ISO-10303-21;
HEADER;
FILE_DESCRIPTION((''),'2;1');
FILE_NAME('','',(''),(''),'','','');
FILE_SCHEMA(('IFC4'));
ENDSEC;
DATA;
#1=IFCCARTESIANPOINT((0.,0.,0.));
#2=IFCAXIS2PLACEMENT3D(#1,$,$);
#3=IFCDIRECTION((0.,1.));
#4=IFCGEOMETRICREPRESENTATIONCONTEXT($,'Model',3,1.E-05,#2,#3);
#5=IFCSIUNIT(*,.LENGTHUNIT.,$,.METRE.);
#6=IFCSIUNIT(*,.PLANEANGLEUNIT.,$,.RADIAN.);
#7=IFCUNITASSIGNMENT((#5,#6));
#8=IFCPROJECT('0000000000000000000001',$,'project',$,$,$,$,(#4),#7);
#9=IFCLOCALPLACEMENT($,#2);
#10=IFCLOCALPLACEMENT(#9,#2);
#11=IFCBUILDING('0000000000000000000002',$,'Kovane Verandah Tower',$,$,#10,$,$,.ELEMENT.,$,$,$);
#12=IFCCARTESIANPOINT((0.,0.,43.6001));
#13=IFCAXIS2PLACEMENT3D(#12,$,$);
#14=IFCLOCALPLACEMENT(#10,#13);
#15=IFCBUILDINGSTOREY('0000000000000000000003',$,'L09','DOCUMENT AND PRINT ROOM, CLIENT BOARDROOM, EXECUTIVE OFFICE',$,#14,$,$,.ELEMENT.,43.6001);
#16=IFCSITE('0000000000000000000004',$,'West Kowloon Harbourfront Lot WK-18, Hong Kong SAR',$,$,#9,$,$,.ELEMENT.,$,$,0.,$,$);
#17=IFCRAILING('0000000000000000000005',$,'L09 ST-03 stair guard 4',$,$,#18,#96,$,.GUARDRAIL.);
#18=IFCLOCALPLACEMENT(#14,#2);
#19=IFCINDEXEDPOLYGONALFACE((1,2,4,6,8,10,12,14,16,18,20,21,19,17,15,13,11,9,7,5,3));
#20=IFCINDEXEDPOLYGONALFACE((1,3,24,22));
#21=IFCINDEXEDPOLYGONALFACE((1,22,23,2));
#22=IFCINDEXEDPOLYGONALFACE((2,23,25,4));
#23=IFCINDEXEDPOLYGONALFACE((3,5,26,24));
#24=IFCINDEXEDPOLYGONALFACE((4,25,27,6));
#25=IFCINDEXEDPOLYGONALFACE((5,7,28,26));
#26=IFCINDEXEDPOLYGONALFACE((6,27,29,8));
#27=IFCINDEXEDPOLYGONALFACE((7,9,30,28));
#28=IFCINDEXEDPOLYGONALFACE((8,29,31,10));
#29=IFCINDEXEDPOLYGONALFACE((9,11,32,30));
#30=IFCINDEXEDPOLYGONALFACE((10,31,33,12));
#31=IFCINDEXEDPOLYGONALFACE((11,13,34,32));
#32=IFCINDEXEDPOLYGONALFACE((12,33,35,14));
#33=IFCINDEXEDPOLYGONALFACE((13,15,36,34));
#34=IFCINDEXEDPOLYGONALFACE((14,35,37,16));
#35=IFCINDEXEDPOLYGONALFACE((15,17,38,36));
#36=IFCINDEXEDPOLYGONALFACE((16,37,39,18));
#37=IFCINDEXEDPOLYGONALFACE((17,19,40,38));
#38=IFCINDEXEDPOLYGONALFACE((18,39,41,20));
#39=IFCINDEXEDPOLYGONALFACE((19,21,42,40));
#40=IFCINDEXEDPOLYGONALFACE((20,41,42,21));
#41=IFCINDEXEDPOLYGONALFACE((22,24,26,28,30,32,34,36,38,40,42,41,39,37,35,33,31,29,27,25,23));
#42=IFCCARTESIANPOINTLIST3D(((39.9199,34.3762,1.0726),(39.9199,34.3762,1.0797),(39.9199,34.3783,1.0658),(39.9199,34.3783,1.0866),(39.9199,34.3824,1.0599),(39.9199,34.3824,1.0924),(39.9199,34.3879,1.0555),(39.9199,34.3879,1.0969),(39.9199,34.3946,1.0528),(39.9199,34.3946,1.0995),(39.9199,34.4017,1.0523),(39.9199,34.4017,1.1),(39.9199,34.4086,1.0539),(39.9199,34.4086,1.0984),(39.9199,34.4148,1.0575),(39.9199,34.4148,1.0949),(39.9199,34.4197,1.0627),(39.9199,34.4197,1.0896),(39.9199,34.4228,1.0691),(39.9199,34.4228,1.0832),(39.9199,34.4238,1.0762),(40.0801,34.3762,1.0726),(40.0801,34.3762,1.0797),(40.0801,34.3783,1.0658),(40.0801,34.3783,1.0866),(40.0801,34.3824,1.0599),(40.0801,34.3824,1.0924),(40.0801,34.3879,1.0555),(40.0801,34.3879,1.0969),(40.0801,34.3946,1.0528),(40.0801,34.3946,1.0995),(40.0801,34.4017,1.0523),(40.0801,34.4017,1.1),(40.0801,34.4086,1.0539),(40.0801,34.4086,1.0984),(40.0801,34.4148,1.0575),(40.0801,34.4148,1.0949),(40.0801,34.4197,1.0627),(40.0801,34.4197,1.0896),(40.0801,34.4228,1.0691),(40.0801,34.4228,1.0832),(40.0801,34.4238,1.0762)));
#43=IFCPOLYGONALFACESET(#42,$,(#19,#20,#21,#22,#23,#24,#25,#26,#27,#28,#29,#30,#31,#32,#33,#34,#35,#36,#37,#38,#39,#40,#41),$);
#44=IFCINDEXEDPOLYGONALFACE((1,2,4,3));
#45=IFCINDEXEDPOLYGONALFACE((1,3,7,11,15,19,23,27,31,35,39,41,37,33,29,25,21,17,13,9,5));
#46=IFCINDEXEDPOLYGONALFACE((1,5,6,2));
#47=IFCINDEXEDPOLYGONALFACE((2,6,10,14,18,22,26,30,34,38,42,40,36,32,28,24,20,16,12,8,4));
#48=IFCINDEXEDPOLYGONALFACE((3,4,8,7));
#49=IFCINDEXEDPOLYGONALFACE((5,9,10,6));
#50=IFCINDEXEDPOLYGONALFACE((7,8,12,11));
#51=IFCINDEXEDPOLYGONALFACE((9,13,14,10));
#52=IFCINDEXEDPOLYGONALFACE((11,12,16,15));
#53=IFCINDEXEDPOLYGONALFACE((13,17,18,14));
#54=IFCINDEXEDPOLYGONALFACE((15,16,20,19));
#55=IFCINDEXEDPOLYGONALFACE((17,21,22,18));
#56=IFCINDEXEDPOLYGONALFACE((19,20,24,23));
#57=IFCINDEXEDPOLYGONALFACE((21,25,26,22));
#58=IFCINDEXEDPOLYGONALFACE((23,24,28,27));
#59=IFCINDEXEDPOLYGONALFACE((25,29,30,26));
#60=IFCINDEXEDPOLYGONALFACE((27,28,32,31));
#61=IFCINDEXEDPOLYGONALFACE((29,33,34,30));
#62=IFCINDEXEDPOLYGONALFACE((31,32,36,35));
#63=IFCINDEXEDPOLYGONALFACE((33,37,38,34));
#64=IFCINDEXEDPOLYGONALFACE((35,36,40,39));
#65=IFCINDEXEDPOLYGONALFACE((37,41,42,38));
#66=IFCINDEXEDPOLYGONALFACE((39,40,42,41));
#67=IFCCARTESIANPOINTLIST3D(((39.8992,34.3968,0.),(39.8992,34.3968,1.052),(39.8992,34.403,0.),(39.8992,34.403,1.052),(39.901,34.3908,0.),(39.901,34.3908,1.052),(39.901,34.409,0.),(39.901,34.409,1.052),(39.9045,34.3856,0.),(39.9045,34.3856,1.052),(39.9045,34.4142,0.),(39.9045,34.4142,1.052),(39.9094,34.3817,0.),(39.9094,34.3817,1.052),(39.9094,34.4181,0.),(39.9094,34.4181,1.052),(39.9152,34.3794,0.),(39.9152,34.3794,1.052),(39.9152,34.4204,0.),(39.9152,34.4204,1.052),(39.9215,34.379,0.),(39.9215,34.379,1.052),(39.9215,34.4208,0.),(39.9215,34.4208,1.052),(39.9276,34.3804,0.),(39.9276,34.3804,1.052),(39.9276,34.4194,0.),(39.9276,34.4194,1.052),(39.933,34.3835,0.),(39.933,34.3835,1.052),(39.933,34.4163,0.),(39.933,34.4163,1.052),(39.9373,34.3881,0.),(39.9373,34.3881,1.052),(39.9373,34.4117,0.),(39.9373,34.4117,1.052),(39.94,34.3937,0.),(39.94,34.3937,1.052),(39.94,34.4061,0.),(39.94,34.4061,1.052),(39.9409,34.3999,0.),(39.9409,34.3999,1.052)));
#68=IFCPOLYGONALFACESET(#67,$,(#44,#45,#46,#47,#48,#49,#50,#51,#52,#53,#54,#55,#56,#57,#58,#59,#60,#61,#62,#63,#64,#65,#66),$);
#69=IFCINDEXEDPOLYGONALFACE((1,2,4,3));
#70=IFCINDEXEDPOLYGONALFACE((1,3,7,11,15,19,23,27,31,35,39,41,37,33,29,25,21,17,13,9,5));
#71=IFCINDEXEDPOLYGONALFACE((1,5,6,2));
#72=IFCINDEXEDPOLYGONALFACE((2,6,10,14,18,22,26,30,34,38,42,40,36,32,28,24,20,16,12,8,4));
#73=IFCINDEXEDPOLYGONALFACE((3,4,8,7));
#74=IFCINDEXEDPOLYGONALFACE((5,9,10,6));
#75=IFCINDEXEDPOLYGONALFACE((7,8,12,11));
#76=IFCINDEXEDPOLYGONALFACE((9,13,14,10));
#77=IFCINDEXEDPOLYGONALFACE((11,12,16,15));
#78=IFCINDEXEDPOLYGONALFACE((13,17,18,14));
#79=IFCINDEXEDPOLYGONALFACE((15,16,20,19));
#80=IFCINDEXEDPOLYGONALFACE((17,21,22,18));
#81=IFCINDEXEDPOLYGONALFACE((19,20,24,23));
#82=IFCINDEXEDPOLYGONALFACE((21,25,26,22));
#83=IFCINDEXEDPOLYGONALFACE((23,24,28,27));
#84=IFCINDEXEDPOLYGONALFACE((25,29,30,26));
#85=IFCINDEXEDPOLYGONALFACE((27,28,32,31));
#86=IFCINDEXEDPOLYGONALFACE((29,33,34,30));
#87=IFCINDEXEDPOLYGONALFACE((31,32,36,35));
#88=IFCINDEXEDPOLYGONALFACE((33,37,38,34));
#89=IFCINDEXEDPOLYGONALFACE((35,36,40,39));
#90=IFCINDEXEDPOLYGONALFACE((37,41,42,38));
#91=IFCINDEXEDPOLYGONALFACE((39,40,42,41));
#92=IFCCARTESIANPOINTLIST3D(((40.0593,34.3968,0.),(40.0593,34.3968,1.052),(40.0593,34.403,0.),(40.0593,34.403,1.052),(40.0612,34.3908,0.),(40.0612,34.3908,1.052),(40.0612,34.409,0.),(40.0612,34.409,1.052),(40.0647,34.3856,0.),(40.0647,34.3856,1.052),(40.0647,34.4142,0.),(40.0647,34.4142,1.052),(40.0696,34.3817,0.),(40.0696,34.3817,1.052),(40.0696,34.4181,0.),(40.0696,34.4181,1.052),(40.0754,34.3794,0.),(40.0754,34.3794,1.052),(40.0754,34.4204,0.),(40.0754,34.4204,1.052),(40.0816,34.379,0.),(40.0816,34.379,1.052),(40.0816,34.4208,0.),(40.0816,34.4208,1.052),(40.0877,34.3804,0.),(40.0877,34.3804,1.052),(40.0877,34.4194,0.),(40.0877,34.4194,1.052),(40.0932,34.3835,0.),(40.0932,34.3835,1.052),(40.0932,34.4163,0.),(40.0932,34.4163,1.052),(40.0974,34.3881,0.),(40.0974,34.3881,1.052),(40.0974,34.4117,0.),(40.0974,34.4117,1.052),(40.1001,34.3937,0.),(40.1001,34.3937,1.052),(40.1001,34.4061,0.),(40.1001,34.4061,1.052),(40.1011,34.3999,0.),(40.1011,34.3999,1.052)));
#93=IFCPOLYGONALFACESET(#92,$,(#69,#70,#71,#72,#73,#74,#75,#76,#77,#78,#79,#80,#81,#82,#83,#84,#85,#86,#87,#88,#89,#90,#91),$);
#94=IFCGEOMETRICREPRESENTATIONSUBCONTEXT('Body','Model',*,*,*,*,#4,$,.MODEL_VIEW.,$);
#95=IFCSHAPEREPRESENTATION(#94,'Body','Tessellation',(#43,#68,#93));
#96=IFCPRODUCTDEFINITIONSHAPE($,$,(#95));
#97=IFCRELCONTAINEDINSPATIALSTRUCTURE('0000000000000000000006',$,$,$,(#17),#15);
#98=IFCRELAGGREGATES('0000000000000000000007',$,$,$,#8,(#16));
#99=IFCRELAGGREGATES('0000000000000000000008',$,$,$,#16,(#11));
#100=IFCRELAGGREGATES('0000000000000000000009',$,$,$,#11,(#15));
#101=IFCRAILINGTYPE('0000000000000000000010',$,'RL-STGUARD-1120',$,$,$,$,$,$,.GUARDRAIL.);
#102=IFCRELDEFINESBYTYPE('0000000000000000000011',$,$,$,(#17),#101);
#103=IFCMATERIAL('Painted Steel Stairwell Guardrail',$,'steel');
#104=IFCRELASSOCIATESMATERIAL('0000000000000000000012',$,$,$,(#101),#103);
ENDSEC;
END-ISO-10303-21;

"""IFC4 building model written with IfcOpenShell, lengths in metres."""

from ifc_helpers import new_model, si_unit, direction, frame, origin, origin_2d, place, context, subcontext, project, spatial, circle, extrude, material, type_object, element, save


model = new_model("IFC4")

# Units and contexts
model_context = context("Model", 3, precision=1e-05, world=origin(), true_north=direction((0.0, 1.0)))
body_context = subcontext(model_context, "Body", "Model", "MODEL_VIEW")
ifc_project = project(units=[si_unit("LENGTHUNIT", "METRE"), si_unit("PLANEANGLEUNIT", "RADIAN")], contexts=[model_context])

# Site, building, storey
site_placement = place(None, origin())
site = spatial("IfcSite", under=ifc_project, at=site_placement, Name="West Kowloon Harbourfront Lot WK-18, Hong Kong SAR", CompositionType="ELEMENT", RefElevation=0.0)
building_placement = place(site_placement, origin())
building = spatial("IfcBuilding", under=site, at=building_placement, Name="Kovane Verandah Tower", CompositionType="ELEMENT")
storey_placement = place(building_placement, frame((0.0, 0.0, 43.6001)))
storey = spatial("IfcBuildingStorey", under=building, at=storey_placement, Name="L09", Description="DOCUMENT AND PRINT ROOM, CLIENT BOARDROOM, EXECUTIVE OFFICE", CompositionType="ELEMENT", Elevation=43.6001)

# Railing
ifc_material_1 = material(Name="Painted Steel Stairwell Guardrail", Category="steel")
railing_type_1 = type_object("IfcRailingType", Name="RL-STGUARD-1120", PredefinedType="GUARDRAIL", material=ifc_material_1)
railing_1_placement = place(storey_placement, frame((39.9199, 34.3999, 0.0)))
element("IfcRailing", 1, at=railing_1_placement, inside=storey, type_object=railing_type_1, Name="L09 ST-03 stair guard 4", PredefinedType="GUARDRAIL", context=body_context, shape_type="SweptSolid", body=[
    extrude(circle(Radius=0.0239, at=origin_2d()), frame((0.0, 0.0, 1.0762), z_axis=(1.0, 0.0, 0.0), x_axis=(0.0, 1.0, 0.0)), (0.0, 0.0, 1.0), 0.1602),
    extrude(circle(Radius=0.021, at=origin_2d()), origin(), (0.0, 0.0, 1.0), 1.052),
    extrude(circle(Radius=0.021, at=origin_2d()), frame((0.1602, 0.0, 0.0)), (0.0, 0.0, 1.0), 1.052),
])

save(model, "model.ifc")
